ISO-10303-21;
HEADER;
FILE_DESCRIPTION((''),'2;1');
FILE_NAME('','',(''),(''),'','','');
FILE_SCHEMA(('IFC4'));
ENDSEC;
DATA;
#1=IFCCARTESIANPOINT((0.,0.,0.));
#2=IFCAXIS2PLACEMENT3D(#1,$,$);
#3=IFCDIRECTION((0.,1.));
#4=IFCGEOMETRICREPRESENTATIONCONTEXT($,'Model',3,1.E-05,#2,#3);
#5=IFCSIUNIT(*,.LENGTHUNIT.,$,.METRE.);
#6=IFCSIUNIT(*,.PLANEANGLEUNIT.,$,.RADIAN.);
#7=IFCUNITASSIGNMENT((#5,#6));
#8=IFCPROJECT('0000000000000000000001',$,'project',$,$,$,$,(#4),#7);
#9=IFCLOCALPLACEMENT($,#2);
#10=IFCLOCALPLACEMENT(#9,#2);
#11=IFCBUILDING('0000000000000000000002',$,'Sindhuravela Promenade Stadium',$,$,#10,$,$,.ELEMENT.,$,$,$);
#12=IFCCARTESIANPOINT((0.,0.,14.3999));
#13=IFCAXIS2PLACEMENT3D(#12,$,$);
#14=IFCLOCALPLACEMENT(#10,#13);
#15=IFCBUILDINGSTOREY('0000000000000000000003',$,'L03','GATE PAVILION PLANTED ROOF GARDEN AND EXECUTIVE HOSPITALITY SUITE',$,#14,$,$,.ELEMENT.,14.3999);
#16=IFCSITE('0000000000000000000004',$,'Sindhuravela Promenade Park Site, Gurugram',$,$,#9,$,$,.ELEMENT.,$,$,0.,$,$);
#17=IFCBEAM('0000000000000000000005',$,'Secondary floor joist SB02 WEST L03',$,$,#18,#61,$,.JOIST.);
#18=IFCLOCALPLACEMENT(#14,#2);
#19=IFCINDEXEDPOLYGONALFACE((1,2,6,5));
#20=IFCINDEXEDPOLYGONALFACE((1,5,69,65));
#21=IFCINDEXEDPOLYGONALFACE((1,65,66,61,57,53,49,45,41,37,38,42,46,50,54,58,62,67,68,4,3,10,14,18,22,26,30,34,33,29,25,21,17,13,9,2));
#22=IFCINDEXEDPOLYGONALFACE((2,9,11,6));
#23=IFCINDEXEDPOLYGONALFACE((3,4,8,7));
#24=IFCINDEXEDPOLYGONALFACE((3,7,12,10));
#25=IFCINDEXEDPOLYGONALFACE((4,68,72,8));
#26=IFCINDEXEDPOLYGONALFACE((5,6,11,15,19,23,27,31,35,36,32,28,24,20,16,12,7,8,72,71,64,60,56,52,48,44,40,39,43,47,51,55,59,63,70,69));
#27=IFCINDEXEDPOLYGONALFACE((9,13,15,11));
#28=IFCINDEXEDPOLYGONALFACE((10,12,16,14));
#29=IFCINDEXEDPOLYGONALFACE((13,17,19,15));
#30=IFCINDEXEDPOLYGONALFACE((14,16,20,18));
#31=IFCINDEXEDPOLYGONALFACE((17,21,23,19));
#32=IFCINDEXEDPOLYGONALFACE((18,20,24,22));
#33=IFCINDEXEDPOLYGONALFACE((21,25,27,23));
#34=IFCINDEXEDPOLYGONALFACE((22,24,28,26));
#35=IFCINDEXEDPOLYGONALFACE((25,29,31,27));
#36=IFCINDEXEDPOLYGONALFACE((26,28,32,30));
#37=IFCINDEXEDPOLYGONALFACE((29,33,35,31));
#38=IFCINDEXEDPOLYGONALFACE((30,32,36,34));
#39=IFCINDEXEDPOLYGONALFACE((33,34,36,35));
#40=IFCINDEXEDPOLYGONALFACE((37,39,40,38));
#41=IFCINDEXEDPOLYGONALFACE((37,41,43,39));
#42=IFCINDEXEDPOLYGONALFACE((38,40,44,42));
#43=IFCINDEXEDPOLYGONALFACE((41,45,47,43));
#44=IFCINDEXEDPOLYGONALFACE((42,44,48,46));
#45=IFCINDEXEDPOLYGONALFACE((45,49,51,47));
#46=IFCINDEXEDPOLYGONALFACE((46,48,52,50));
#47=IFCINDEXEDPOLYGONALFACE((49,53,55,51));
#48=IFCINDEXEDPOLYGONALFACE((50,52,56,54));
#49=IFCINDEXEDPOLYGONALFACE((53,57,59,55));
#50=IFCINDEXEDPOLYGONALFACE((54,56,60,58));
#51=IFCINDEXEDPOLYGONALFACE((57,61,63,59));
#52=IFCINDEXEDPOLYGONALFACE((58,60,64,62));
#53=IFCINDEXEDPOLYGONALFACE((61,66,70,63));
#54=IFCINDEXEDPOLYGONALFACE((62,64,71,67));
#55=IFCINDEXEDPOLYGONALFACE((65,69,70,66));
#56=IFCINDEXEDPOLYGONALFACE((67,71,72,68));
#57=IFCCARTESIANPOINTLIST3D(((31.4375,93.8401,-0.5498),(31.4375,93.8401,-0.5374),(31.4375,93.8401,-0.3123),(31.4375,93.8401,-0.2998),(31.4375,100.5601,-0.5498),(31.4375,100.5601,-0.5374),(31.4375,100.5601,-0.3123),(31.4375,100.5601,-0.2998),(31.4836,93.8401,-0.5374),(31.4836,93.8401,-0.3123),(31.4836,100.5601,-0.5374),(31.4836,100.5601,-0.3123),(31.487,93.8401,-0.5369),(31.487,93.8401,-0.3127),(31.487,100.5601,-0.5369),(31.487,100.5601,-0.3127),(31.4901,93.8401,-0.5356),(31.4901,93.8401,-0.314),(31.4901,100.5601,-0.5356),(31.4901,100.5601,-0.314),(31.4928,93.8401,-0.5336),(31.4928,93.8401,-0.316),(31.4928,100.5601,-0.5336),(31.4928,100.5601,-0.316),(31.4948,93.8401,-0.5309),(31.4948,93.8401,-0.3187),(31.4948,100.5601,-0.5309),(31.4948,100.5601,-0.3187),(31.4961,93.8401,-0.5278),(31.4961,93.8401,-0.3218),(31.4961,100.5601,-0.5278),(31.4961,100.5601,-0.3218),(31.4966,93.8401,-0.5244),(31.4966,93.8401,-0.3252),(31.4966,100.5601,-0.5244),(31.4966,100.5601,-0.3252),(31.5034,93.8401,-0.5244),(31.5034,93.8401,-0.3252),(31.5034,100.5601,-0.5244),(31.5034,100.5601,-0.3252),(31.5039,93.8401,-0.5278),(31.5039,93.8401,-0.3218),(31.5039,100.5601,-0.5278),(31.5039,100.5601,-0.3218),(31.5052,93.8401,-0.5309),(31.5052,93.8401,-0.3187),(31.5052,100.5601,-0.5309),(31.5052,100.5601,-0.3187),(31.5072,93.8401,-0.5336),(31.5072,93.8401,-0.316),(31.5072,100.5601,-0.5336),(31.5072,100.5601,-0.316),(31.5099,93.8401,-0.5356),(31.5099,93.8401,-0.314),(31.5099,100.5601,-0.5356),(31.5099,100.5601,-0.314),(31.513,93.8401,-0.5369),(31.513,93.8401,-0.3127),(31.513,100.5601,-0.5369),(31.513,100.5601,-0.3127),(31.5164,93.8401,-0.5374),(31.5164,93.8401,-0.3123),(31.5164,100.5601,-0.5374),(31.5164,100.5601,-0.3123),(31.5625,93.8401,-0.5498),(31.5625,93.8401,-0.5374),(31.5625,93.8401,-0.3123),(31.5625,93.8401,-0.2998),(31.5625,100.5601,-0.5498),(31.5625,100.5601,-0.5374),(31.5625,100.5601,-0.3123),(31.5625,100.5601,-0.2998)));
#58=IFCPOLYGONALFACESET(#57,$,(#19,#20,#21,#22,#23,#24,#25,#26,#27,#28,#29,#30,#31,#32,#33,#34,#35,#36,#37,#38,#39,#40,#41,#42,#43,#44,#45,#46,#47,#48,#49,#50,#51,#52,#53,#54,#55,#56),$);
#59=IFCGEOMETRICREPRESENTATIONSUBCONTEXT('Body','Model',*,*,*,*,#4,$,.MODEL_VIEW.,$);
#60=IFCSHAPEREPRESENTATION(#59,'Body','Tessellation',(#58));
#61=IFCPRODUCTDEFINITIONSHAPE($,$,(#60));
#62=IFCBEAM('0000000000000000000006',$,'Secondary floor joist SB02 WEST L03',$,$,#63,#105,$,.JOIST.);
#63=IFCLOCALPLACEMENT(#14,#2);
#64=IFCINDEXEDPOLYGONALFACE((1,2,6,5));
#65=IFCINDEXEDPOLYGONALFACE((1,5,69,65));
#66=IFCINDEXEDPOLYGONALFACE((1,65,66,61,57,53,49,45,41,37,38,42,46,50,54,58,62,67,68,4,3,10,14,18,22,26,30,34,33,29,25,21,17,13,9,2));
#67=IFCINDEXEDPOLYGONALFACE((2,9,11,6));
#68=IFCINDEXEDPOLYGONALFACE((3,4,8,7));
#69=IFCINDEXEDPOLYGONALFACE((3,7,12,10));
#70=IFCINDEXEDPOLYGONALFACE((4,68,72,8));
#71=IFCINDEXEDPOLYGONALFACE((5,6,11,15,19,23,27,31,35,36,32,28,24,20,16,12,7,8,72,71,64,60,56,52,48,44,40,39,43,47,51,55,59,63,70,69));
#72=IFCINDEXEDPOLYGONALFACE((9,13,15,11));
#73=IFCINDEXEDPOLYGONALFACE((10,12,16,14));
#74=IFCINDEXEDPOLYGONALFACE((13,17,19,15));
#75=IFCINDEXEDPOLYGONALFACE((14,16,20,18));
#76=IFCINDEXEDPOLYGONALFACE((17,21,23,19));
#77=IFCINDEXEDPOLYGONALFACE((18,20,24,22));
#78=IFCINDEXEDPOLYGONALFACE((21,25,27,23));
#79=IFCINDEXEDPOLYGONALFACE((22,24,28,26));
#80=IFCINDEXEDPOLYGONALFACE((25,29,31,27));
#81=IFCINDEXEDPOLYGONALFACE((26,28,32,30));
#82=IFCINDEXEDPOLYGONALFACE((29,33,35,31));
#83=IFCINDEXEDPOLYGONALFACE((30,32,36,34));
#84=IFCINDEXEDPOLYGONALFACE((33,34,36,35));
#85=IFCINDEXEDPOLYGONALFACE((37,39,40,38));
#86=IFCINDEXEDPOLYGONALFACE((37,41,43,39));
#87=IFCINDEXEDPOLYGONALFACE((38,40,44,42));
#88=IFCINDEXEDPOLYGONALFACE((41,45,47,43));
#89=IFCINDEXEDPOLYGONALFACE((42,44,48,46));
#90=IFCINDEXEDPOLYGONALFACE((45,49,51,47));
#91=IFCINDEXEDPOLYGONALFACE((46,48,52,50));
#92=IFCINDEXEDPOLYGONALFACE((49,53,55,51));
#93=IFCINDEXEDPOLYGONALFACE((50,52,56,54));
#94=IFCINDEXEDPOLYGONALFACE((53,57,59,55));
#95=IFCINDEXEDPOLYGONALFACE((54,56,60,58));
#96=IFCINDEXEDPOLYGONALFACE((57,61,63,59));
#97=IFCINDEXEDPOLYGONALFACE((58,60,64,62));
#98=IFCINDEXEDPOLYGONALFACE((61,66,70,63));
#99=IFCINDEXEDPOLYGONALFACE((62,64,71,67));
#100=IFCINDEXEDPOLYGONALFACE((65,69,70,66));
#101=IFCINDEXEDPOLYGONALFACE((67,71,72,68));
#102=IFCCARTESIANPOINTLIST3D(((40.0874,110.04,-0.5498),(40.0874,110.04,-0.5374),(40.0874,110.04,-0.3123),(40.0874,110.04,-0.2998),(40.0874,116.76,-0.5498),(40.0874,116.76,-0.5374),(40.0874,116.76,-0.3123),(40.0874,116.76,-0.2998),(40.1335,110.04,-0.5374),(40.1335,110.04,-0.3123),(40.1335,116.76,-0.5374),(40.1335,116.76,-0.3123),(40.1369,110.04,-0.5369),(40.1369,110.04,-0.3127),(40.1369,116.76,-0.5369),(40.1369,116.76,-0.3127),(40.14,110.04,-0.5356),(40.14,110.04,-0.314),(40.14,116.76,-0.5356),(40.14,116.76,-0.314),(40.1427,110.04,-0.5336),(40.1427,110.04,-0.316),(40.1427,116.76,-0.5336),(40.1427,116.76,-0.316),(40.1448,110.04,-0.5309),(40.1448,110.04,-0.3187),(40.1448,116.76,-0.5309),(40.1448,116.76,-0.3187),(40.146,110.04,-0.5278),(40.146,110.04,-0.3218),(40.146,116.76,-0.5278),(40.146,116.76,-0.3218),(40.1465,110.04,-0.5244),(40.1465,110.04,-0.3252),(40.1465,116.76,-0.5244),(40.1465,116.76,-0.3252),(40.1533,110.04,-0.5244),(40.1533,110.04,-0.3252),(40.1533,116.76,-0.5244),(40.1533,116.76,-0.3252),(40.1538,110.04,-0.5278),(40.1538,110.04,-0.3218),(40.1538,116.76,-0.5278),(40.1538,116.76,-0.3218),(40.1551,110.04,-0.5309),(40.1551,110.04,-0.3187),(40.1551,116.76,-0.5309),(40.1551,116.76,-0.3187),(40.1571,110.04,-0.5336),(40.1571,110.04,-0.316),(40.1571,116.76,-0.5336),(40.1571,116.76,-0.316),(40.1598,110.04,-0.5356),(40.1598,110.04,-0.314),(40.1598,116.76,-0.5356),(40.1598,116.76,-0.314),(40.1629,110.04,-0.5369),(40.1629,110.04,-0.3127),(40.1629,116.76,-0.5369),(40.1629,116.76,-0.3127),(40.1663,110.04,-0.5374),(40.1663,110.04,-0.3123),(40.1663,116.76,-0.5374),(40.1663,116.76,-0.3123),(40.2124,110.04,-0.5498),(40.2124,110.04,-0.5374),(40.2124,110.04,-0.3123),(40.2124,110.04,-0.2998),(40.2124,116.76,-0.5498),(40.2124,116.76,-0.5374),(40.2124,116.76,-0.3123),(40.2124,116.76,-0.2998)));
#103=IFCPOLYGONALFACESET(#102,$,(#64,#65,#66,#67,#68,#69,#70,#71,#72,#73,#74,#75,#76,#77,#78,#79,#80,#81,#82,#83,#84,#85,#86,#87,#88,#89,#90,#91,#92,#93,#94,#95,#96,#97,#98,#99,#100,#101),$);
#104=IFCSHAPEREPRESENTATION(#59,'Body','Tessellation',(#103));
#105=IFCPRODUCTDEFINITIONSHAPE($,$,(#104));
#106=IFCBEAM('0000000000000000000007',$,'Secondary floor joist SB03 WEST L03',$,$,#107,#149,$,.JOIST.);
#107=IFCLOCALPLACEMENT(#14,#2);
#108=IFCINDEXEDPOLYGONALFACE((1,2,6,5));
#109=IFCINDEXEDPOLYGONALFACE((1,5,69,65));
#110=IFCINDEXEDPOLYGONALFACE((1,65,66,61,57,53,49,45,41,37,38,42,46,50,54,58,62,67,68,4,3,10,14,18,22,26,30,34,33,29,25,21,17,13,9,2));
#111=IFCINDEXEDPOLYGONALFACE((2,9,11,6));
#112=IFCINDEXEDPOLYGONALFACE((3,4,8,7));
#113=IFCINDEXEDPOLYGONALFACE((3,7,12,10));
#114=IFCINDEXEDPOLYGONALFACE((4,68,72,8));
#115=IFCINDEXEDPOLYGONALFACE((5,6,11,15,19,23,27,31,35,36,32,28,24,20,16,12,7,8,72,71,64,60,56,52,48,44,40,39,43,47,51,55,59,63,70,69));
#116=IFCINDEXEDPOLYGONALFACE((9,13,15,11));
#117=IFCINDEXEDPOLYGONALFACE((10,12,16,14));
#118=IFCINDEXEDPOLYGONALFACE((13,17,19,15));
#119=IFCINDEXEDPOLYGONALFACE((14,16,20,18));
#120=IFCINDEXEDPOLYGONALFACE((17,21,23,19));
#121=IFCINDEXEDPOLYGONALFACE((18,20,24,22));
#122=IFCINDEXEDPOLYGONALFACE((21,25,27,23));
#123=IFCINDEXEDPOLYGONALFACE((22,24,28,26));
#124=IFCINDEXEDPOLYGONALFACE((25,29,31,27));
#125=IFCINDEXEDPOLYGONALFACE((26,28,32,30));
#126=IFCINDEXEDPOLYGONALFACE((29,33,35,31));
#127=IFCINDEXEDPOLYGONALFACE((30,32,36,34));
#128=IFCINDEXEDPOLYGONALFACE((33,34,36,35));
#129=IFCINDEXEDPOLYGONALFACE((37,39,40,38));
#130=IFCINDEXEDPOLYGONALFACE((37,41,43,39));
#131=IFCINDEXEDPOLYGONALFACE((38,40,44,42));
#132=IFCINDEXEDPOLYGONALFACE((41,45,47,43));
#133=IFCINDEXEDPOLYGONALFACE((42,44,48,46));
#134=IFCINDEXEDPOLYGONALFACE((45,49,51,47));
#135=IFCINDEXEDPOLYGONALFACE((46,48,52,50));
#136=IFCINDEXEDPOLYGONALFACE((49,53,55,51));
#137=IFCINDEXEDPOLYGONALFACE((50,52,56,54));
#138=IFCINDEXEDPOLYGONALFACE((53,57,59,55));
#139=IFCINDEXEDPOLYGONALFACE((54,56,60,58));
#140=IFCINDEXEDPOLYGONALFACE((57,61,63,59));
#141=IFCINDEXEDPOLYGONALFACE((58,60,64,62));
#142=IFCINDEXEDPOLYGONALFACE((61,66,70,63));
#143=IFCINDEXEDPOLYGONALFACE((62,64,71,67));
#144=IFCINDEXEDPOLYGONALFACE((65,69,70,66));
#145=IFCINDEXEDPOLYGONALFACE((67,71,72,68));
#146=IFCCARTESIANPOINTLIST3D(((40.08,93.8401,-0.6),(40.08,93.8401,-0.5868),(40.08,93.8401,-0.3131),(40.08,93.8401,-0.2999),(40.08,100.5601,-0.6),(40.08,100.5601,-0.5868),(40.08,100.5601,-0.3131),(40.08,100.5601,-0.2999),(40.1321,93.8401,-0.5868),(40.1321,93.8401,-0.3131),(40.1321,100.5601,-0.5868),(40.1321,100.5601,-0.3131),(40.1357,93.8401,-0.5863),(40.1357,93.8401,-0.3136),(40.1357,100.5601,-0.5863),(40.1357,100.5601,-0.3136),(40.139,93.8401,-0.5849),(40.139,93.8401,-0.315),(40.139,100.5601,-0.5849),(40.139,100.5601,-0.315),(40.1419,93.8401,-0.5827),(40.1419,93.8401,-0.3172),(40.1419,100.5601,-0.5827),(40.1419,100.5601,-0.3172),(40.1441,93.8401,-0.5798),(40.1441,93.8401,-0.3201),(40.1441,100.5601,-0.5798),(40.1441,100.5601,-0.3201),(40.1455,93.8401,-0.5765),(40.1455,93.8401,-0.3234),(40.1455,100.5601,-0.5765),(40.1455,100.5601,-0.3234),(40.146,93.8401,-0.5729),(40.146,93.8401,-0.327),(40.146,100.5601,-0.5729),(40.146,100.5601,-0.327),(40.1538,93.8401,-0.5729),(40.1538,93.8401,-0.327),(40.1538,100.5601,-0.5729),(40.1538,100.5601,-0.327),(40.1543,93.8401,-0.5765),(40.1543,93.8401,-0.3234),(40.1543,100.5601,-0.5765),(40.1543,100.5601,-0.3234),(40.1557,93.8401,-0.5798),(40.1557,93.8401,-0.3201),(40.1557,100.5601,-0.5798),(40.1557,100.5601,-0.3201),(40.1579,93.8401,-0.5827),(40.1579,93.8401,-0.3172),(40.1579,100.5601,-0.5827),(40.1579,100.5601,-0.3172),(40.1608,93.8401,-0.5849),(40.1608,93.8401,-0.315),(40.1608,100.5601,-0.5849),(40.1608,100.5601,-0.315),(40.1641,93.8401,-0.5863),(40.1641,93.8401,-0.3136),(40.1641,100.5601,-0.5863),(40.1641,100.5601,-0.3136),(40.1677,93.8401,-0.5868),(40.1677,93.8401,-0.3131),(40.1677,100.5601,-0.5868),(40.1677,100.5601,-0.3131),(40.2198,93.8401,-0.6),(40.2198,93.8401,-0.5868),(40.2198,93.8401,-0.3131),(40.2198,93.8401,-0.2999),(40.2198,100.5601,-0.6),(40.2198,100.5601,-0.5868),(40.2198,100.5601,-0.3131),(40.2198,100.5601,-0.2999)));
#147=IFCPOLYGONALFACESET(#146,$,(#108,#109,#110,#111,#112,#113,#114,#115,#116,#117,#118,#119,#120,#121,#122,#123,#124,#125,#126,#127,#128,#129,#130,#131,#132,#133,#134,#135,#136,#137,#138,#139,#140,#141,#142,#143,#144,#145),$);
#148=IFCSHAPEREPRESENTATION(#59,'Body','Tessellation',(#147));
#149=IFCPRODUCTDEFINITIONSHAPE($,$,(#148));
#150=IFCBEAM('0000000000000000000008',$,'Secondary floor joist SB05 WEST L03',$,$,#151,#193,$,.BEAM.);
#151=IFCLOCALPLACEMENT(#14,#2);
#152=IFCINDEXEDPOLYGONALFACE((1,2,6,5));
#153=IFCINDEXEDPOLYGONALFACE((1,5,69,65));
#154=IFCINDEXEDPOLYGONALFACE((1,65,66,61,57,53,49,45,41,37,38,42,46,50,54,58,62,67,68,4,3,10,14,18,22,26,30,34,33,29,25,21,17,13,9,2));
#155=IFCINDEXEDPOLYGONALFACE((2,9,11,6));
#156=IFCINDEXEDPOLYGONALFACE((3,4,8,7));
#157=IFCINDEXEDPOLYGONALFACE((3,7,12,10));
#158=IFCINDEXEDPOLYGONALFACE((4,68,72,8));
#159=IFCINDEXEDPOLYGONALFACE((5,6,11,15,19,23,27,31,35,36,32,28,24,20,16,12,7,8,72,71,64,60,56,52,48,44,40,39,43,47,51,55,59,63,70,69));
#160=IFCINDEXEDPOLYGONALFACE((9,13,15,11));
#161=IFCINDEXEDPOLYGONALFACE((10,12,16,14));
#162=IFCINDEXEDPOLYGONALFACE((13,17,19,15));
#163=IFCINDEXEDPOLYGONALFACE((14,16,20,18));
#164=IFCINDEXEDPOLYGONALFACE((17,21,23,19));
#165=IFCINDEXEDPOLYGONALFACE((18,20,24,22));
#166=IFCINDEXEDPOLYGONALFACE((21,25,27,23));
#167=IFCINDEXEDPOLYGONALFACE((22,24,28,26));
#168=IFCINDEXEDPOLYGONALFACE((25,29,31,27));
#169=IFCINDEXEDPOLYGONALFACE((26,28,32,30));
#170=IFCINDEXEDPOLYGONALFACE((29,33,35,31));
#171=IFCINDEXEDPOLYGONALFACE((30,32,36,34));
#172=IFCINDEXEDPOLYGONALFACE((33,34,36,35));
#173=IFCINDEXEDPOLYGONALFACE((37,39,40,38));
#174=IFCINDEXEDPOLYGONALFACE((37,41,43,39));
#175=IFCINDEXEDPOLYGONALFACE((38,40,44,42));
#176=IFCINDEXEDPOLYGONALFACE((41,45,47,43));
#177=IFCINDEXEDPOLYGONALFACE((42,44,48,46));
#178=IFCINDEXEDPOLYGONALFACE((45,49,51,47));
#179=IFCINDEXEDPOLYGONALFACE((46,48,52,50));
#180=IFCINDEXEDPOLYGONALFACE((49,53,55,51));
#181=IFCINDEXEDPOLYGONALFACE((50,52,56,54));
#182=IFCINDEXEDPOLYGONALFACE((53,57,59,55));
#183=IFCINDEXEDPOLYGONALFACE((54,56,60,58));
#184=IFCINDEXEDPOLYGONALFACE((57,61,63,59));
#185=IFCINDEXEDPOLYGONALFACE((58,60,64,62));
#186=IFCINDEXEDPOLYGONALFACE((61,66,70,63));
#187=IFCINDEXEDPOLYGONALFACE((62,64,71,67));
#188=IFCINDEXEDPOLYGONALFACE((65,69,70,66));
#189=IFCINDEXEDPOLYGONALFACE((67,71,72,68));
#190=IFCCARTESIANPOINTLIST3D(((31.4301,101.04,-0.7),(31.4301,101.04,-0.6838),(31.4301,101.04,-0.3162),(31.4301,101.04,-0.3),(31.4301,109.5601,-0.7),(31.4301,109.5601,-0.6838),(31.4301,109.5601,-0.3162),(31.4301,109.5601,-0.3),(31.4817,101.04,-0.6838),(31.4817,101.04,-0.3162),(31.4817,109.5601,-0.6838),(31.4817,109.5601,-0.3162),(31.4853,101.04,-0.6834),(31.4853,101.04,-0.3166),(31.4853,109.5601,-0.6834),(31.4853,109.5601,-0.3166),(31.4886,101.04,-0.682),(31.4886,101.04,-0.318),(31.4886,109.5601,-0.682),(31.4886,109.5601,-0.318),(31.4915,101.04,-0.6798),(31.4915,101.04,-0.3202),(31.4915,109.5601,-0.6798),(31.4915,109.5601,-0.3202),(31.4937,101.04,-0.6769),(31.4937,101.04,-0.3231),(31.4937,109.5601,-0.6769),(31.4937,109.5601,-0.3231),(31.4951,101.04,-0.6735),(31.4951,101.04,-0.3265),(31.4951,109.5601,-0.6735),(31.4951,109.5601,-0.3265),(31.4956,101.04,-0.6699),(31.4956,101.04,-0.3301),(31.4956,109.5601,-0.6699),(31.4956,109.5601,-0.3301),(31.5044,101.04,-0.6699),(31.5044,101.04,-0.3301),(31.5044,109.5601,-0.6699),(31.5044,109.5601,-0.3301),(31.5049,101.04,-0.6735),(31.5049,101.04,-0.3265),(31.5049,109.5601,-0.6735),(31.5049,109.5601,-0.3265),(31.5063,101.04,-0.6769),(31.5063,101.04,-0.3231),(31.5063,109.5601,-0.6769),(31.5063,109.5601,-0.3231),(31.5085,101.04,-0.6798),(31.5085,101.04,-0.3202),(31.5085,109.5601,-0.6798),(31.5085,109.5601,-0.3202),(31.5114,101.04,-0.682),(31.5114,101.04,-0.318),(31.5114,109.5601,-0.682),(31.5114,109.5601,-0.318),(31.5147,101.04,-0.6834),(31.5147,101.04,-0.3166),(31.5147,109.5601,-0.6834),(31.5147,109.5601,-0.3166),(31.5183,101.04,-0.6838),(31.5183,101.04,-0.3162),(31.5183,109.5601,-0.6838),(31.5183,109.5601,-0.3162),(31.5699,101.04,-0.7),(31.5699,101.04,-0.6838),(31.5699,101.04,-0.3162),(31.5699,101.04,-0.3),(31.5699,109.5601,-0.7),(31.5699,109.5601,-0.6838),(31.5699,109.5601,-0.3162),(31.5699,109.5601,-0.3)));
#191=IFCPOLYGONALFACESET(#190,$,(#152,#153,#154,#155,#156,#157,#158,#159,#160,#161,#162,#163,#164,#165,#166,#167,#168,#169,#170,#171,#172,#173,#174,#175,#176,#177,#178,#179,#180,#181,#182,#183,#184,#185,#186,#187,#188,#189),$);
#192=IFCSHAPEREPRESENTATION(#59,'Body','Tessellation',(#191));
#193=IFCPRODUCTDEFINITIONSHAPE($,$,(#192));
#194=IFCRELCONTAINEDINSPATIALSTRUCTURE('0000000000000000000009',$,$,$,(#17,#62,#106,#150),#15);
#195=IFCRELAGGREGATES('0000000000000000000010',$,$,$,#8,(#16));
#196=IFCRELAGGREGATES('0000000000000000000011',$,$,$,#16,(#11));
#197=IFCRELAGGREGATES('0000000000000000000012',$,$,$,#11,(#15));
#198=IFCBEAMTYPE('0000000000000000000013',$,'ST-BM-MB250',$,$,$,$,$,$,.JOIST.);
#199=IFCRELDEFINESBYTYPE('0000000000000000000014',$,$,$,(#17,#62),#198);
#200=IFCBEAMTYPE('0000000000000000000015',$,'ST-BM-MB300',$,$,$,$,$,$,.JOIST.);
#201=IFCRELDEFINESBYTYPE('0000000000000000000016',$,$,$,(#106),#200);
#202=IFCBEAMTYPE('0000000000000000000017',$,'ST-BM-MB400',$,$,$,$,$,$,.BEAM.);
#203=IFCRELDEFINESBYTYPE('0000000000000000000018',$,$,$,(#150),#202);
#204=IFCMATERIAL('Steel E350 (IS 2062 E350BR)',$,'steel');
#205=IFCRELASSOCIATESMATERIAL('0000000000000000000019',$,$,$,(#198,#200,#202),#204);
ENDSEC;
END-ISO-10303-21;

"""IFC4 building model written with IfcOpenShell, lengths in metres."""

from ifc_helpers import new_model, si_unit, direction, frame, origin, origin_2d, place, context, subcontext, project, spatial, i_section, extrude, material, material_profile, profile_set, type_object, element, save


model = new_model("IFC4")

# Units and contexts
model_context = context("Model", 3, precision=1e-05, world=origin(), true_north=direction((0.0, 1.0)))
body_context = subcontext(model_context, "Body", "Model", "MODEL_VIEW")
ifc_project = project(units=[si_unit("LENGTHUNIT", "METRE"), si_unit("PLANEANGLEUNIT", "RADIAN")], contexts=[model_context])

# Site, building, storey
site_placement = place(None, origin())
site = spatial("IfcSite", under=ifc_project, at=site_placement, Name="Sindhuravela Promenade Park Site, Gurugram", CompositionType="ELEMENT", RefElevation=0.0)
building_placement = place(site_placement, origin())
building = spatial("IfcBuilding", under=site, at=building_placement, Name="Sindhuravela Promenade Stadium", CompositionType="ELEMENT")
storey_placement = place(building_placement, frame((0.0, 0.0, 14.3999)))
storey = spatial("IfcBuildingStorey", under=building, at=storey_placement, Name="L03", Description="GATE PAVILION PLANTED ROOF GARDEN AND EXECUTIVE HOSPITALITY SUITE", CompositionType="ELEMENT", Elevation=14.3999)

# Beams
ifc_material_1 = material(Name="Steel E350 (IS 2062 E350BR)", Category="steel")
ifc_material_profile_1 = material_profile(ifc_material_1, i_section(OverallWidth=0.125, OverallDepth=0.25, WebThickness=0.0068, FlangeThickness=0.0125, FilletRadius=0.0129, at=origin_2d()), Name="ISMB 250")
ifc_profile_set_1 = profile_set([ifc_material_profile_1], Name="Steel E350 (IS 2062 E350BR)")
beam_type_1 = type_object("IfcBeamType", Name="ST-BM-MB250", PredefinedType="JOIST", material=ifc_profile_set_1)
for number, where, z_axis, x_axis, name in (
    (1, (31.5, 93.8401, -0.4248), (0.0, 1.0, 0.0), (-1.0, 0.0, 0.0), "Secondary floor joist SB02 WEST L03"),
    (2, (40.1499, 110.04, -0.4248), (0.0, 1.0, 0.0), (-1.0, 0.0, 0.0), "Secondary floor joist SB02 WEST L03"),
):
    element("IfcBeam", number, at=place(storey_placement, frame(where, z_axis=z_axis, x_axis=x_axis)), inside=storey, type_object=beam_type_1, Name=name, PredefinedType="JOIST", context=body_context, shape_type="SweptSolid", body=[
        extrude(i_section(OverallWidth=0.125, OverallDepth=0.25, WebThickness=0.0068, FlangeThickness=0.0125, FilletRadius=0.0129, at=origin_2d()), origin(), (0.0, 0.0, 1.0), 6.72),
    ])
ifc_material_profile_2 = material_profile(ifc_material_1, i_section(OverallWidth=0.1399, OverallDepth=0.3, WebThickness=0.0078, FlangeThickness=0.0132, FilletRadius=0.0139, at=origin_2d()), Name="ISMB 300")
ifc_profile_set_2 = profile_set([ifc_material_profile_2], Name="Steel E350 (IS 2062 E350BR)")
beam_type_2 = type_object("IfcBeamType", Name="ST-BM-MB300", PredefinedType="JOIST", material=ifc_profile_set_2)
beam_1_placement = place(storey_placement, frame((40.1499, 93.8401, -0.45), z_axis=(0.0, 1.0, 0.0), x_axis=(-1.0, 0.0, 0.0)))
element("IfcBeam", 3, at=beam_1_placement, inside=storey, type_object=beam_type_2, Name="Secondary floor joist SB03 WEST L03", PredefinedType="JOIST", context=body_context, shape_type="SweptSolid", body=[
    extrude(i_section(OverallWidth=0.1399, OverallDepth=0.3, WebThickness=0.0078, FlangeThickness=0.0132, FilletRadius=0.0139, at=origin_2d()), origin(), (0.0, 0.0, 1.0), 6.72),
])
ifc_material_profile_3 = material_profile(ifc_material_1, i_section(OverallWidth=0.1399, OverallDepth=0.3999, WebThickness=0.0088, FlangeThickness=0.0161, FilletRadius=0.0139, at=origin_2d()), Name="ISMB 400")
ifc_profile_set_3 = profile_set([ifc_material_profile_3], Name="Steel E350 (IS 2062 E350BR)")
beam_type_3 = type_object("IfcBeamType", Name="ST-BM-MB400", PredefinedType="BEAM", material=ifc_profile_set_3)
beam_2_placement = place(storey_placement, frame((31.5, 101.04, -0.5), z_axis=(0.0, 1.0, 0.0), x_axis=(-1.0, 0.0, 0.0)))
element("IfcBeam", 4, at=beam_2_placement, inside=storey, type_object=beam_type_3, Name="Secondary floor joist SB05 WEST L03", PredefinedType="BEAM", context=body_context, shape_type="SweptSolid", body=[
    extrude(i_section(OverallWidth=0.1399, OverallDepth=0.3999, WebThickness=0.0088, FlangeThickness=0.0161, FilletRadius=0.0139, at=origin_2d()), origin(), (0.0, 0.0, 1.0), 8.52),
])

save(model, "model.ifc")
